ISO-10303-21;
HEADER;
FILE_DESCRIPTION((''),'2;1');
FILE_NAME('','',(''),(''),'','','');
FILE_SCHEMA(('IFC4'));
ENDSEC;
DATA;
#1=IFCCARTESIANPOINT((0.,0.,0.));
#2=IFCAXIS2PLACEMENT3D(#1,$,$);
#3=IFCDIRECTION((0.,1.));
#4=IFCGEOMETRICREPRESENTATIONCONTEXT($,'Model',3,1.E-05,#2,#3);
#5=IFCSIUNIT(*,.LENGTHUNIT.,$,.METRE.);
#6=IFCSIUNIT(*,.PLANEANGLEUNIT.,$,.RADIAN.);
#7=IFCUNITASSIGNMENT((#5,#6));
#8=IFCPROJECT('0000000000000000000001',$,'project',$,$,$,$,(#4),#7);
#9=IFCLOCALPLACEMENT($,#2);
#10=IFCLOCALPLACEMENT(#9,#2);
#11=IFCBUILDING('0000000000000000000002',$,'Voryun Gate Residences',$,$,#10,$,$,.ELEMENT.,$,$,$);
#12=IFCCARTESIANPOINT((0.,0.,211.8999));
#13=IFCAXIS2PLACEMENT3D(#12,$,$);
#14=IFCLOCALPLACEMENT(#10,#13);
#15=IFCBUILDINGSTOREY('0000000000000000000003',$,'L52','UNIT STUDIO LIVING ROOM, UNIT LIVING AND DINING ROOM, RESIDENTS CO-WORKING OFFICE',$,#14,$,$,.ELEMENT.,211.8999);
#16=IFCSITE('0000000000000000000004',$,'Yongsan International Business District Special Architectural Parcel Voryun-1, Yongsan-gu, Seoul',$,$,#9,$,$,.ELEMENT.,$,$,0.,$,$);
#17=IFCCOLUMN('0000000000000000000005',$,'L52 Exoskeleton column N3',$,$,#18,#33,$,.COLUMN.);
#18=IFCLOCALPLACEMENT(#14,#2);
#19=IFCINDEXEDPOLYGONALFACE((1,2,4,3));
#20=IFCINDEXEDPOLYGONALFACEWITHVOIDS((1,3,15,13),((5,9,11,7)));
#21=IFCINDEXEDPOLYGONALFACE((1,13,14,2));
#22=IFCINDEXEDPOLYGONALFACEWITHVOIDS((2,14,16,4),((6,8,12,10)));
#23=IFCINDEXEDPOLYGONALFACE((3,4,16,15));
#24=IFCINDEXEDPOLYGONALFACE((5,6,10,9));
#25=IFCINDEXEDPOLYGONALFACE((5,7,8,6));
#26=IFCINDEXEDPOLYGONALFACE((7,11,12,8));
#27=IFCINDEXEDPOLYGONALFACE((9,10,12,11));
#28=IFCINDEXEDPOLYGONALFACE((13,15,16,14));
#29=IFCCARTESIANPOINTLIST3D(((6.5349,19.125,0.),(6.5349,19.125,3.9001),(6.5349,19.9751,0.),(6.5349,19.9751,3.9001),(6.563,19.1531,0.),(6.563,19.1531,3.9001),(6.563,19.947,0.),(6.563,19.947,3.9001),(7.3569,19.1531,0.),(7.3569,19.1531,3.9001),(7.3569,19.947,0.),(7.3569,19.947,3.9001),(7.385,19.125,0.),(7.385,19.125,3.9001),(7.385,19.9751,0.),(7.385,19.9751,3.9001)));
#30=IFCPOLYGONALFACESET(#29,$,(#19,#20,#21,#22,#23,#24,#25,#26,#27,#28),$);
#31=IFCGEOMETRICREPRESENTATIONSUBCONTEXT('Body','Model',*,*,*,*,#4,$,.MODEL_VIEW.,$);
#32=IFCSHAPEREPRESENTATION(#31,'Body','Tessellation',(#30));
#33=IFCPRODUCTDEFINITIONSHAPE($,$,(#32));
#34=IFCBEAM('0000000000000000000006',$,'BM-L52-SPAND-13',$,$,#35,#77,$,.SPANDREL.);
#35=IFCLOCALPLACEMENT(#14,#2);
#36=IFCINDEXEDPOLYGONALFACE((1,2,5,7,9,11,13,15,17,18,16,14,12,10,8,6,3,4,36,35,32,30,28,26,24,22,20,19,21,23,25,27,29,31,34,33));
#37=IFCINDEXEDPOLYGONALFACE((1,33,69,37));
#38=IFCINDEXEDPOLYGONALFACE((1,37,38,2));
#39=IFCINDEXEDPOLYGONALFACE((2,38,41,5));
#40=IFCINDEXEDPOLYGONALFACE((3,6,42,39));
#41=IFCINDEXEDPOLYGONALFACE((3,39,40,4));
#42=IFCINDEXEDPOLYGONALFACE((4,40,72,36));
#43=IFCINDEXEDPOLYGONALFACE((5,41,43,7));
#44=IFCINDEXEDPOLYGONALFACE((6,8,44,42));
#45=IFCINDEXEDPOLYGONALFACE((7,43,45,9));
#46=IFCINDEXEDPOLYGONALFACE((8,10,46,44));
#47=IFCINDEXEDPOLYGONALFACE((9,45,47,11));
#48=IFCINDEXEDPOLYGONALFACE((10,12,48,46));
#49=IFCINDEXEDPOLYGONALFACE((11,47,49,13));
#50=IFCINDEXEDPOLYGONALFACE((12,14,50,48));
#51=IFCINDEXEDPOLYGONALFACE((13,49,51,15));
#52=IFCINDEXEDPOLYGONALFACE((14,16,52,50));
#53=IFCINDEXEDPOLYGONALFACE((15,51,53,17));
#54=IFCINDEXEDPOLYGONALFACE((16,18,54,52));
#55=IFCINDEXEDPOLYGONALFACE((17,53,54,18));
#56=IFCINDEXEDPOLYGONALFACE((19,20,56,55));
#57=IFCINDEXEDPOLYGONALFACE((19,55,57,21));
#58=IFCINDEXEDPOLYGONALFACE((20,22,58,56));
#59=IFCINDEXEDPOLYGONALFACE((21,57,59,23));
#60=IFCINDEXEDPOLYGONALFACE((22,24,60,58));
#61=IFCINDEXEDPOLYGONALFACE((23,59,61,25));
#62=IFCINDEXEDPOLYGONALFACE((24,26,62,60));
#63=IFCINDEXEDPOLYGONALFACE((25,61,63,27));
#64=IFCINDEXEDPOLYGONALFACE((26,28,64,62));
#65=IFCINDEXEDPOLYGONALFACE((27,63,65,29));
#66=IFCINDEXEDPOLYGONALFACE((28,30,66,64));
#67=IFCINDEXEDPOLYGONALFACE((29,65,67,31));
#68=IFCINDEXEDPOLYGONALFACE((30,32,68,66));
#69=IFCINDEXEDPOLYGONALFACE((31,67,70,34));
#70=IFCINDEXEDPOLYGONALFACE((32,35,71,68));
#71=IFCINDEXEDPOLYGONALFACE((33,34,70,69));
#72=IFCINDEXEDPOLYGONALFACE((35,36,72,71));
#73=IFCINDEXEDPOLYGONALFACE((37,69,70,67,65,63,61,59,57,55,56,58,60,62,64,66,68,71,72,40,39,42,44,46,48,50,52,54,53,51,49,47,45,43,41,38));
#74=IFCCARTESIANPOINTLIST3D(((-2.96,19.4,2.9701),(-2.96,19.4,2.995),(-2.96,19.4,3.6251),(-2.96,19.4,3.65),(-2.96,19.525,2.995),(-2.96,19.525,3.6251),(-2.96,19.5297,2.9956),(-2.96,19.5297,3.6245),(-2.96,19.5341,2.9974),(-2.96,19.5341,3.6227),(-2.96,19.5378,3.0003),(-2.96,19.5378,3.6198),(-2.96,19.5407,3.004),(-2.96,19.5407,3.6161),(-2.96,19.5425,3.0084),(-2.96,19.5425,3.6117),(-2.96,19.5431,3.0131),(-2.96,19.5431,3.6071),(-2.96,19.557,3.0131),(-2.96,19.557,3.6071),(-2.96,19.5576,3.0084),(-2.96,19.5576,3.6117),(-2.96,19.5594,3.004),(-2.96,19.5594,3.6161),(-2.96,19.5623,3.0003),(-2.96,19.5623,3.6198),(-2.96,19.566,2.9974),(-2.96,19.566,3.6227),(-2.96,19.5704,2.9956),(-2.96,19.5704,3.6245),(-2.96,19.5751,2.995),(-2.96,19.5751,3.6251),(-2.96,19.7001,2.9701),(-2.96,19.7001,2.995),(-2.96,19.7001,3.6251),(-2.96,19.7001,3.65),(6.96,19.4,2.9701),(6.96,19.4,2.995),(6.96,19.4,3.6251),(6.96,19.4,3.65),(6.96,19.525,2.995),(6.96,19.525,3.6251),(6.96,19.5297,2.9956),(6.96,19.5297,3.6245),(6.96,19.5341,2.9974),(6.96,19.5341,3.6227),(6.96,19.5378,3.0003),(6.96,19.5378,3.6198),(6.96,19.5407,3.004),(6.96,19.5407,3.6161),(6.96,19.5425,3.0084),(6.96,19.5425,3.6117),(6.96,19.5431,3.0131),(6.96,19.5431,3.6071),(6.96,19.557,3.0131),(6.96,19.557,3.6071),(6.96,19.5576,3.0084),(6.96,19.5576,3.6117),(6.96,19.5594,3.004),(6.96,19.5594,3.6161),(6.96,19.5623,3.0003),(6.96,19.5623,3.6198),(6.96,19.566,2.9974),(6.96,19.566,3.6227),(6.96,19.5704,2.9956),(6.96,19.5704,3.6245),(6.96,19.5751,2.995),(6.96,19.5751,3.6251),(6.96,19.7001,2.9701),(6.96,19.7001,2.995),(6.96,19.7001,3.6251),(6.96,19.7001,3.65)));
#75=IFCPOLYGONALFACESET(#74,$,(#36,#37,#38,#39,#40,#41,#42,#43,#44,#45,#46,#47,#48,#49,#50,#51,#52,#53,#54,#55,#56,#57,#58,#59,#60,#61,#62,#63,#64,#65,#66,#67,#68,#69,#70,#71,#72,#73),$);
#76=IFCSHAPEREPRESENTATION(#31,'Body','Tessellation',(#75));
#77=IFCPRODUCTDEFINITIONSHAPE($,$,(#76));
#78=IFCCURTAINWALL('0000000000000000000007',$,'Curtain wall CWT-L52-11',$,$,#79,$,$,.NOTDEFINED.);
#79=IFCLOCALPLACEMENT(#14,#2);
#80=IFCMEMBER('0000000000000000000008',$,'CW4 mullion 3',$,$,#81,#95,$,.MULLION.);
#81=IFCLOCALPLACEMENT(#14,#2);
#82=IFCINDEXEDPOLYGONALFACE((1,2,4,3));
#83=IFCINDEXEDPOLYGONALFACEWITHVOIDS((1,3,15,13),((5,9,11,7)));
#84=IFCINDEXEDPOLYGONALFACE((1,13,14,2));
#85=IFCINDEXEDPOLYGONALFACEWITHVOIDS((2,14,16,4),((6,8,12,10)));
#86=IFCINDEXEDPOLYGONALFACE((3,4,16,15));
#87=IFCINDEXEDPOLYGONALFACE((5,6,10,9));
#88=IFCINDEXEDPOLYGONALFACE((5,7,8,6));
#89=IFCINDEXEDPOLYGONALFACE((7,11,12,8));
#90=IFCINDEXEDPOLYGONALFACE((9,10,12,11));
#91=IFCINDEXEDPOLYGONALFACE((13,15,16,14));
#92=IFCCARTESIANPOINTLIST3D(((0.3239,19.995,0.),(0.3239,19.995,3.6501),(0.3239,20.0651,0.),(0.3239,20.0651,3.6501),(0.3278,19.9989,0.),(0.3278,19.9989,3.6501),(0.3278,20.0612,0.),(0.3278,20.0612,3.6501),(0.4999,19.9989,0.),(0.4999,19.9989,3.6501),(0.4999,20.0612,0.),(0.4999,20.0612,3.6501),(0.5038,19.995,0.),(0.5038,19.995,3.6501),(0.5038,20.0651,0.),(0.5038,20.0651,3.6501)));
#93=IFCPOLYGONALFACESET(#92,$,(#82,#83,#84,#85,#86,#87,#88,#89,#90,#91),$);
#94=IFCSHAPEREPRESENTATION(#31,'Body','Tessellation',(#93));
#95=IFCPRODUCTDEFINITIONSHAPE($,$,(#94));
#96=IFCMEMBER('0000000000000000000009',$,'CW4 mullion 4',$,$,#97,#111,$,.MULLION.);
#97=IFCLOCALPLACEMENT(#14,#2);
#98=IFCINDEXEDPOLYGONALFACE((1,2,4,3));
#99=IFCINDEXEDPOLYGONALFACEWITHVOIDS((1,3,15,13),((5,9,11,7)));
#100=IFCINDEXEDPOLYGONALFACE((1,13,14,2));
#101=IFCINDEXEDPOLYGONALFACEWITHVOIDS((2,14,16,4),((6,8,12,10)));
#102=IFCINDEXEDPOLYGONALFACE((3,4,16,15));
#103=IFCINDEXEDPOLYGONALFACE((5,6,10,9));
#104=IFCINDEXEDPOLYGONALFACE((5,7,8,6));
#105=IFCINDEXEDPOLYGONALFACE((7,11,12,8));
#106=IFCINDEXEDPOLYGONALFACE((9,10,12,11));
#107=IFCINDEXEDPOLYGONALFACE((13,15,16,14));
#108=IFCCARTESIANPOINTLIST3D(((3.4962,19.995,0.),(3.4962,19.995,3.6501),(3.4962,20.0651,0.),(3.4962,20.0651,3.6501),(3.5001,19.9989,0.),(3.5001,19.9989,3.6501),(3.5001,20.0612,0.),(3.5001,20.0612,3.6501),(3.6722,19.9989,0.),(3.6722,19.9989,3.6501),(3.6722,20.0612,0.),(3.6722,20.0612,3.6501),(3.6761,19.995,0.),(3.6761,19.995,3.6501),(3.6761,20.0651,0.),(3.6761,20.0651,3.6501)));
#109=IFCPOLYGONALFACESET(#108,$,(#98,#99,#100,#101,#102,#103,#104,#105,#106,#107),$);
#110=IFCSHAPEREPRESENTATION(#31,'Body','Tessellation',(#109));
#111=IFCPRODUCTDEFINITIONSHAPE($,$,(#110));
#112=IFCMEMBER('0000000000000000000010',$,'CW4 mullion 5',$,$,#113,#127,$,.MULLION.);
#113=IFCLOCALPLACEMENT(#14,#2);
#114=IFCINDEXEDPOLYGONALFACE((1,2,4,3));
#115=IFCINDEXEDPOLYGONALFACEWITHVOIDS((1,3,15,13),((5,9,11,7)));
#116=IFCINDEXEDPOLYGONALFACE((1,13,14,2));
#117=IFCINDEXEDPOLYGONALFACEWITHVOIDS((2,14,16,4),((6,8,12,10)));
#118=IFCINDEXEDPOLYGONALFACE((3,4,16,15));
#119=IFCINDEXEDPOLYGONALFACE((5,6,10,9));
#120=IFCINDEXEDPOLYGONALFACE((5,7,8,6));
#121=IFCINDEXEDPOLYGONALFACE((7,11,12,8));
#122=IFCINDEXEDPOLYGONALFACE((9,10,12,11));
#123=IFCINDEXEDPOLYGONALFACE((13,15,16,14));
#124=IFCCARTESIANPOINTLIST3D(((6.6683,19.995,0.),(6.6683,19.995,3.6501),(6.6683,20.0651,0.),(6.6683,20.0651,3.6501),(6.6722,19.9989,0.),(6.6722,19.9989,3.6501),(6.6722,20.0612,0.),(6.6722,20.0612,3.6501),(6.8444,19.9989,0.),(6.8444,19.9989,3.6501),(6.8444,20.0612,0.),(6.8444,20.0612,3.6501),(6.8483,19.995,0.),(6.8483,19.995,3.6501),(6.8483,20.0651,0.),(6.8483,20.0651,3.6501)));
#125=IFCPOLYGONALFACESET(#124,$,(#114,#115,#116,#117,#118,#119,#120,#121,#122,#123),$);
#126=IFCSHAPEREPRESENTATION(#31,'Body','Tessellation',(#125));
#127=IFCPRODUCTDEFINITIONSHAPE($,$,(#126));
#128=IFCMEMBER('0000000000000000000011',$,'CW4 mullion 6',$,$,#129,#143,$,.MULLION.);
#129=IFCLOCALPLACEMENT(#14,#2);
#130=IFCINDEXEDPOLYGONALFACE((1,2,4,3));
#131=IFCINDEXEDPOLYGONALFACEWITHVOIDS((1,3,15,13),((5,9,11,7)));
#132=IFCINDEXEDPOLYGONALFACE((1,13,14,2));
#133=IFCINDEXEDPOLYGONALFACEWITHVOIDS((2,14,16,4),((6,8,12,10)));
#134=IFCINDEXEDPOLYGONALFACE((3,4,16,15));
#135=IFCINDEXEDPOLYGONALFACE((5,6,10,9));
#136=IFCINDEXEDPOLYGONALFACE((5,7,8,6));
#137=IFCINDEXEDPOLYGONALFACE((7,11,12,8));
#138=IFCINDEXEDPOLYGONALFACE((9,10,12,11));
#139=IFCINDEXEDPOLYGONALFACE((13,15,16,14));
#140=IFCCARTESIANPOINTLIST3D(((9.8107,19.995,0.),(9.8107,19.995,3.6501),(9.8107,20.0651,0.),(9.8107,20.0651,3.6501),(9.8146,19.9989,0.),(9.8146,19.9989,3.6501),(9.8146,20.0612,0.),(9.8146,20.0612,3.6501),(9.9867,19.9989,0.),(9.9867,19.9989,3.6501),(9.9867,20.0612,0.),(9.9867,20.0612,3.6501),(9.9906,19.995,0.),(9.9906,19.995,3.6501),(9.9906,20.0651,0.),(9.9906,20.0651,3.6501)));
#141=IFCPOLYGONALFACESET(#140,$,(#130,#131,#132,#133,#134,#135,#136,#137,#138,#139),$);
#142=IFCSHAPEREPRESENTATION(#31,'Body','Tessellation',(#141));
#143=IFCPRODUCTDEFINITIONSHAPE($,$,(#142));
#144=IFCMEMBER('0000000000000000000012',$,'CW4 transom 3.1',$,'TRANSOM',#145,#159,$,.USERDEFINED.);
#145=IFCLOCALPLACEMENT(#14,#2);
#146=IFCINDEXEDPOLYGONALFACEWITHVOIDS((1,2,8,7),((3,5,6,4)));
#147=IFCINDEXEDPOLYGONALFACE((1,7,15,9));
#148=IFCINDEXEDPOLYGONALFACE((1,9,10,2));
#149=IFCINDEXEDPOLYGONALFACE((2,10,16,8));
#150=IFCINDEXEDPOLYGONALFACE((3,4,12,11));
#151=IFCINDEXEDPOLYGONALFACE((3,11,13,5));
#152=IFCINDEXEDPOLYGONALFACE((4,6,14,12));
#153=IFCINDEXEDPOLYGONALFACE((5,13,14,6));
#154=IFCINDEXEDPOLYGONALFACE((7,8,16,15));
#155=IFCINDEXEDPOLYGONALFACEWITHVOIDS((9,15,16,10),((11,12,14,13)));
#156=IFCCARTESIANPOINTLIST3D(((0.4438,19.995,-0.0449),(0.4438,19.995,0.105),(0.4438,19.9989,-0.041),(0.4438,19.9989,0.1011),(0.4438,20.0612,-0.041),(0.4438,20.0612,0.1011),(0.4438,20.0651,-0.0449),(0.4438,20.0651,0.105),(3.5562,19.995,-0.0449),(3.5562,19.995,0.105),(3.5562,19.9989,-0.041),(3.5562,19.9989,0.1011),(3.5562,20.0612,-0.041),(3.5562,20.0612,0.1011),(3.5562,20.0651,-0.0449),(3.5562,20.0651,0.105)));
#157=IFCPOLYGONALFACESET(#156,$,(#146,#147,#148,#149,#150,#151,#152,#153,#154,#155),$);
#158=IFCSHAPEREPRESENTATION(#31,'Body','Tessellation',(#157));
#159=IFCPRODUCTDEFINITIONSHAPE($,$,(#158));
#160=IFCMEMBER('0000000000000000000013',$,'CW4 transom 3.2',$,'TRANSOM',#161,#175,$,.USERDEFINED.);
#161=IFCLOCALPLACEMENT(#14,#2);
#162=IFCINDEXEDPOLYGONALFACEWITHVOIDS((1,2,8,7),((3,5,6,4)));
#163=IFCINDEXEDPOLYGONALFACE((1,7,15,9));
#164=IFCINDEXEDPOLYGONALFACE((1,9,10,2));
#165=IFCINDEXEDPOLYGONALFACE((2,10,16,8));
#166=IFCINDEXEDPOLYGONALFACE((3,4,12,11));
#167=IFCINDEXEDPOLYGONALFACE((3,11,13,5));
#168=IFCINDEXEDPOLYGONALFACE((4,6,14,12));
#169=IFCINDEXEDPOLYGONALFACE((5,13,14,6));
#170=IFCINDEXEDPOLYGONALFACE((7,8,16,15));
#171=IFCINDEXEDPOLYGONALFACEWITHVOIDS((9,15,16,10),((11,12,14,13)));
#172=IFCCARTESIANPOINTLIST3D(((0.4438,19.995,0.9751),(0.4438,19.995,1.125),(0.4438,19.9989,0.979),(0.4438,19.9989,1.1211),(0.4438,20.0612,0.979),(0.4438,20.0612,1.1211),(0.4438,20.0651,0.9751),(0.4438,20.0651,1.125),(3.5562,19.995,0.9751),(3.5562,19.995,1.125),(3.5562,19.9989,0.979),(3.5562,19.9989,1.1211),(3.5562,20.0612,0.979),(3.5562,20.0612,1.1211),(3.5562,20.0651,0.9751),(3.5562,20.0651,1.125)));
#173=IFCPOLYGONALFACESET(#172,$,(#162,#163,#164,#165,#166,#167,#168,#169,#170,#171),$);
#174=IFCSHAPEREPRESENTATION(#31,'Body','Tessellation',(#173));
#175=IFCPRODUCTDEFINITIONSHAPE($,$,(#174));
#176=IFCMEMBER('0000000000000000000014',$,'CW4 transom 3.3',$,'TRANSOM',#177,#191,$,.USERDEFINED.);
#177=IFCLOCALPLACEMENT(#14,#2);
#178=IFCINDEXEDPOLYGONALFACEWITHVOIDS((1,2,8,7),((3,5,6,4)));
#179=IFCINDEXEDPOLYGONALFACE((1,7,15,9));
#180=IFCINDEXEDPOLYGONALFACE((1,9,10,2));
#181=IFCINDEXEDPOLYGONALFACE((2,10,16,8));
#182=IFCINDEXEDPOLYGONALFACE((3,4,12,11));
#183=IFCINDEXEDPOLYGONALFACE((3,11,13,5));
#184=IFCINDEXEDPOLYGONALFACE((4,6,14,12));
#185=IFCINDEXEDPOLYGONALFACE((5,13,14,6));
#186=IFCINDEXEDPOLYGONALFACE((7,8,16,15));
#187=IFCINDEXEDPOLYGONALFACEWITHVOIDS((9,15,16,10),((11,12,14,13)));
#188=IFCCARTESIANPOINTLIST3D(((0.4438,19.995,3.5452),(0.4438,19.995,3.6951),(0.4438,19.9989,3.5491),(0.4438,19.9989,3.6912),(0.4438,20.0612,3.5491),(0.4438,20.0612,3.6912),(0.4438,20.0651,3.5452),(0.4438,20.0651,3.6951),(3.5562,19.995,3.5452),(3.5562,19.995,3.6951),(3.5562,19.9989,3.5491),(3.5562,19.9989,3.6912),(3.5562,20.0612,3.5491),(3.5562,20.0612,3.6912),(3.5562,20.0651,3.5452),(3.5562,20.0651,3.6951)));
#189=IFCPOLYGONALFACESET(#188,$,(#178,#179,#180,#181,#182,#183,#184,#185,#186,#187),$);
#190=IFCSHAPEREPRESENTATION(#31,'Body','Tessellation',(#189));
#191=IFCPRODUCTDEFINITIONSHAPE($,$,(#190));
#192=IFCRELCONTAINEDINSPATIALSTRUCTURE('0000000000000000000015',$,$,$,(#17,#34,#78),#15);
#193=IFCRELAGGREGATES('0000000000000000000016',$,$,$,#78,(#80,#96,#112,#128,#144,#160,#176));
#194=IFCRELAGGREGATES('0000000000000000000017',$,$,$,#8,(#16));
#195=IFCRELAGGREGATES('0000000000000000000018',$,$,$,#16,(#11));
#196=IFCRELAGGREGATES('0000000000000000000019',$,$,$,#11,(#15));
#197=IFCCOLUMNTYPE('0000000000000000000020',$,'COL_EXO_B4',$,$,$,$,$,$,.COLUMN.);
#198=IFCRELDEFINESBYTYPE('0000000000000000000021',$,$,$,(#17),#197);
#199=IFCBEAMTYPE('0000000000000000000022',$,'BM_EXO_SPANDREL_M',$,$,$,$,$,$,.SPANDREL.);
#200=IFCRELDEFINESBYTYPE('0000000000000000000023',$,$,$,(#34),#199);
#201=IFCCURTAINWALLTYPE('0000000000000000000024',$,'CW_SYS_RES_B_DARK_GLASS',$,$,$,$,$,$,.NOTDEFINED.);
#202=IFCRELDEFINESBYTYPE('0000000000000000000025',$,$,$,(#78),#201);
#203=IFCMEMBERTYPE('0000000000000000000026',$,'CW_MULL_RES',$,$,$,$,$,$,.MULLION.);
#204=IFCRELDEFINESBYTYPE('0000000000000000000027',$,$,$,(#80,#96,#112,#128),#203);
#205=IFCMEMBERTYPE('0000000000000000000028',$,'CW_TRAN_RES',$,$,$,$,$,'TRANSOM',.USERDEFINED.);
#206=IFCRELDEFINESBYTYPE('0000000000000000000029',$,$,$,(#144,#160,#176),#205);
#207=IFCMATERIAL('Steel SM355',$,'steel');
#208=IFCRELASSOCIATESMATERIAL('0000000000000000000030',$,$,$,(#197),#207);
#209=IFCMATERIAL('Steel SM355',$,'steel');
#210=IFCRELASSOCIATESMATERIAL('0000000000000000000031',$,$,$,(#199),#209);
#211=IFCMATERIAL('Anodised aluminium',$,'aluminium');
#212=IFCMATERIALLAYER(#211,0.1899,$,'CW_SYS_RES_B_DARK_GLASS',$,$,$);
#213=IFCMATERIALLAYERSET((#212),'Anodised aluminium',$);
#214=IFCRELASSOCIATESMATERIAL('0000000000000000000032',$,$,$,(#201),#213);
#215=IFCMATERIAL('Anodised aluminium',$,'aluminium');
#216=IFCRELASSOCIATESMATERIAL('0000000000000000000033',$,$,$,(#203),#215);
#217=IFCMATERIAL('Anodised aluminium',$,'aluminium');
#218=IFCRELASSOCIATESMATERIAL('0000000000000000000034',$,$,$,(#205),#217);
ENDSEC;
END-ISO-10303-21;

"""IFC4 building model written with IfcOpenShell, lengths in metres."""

from ifc_helpers import new_model, si_unit, direction, frame, origin, origin_2d, place, context, subcontext, project, spatial, hollow_rectangle, i_section, extrude, material, layer, layer_set, material_profile, profile_set, type_object, element, aggregate, save


model = new_model("IFC4")

# Units and contexts
model_context = context("Model", 3, precision=1e-05, world=origin(), true_north=direction((0.0, 1.0)))
body_context = subcontext(model_context, "Body", "Model", "MODEL_VIEW")
ifc_project = project(units=[si_unit("LENGTHUNIT", "METRE"), si_unit("PLANEANGLEUNIT", "RADIAN")], contexts=[model_context])

# Site, building, storey
site_placement = place(None, origin())
site = spatial("IfcSite", under=ifc_project, at=site_placement, Name="Yongsan International Business District Special Architectural Parcel Voryun-1, Yongsan-gu, Seoul", CompositionType="ELEMENT", RefElevation=0.0)
building_placement = place(site_placement, origin())
building = spatial("IfcBuilding", under=site, at=building_placement, Name="Voryun Gate Residences", CompositionType="ELEMENT")
storey_placement = place(building_placement, frame((0.0, 0.0, 211.8999)))
storey = spatial("IfcBuildingStorey", under=building, at=storey_placement, Name="L52", Description="UNIT STUDIO LIVING ROOM, UNIT LIVING AND DINING ROOM, RESIDENTS CO-WORKING OFFICE", CompositionType="ELEMENT", Elevation=211.8999)

# Column
ifc_material_1 = material(Name="Steel SM355", Category="steel")
ifc_material_profile_1 = material_profile(ifc_material_1, hollow_rectangle(XDim=0.8501, YDim=0.8501, WallThickness=0.0281, at=origin_2d()), Name="BOX-850x850x28")
ifc_profile_set_1 = profile_set([ifc_material_profile_1], Name="Steel SM355")
column_type = type_object("IfcColumnType", Name="COL_EXO_B4", PredefinedType="COLUMN", material=ifc_profile_set_1)
column_placement = place(storey_placement, frame((6.96, 19.55, 0.0), z_axis=(0.0, 0.0, 1.0), x_axis=(1.0, 0.0, 0.0)))
element("IfcColumn", 1, at=column_placement, inside=storey, type_object=column_type, Name="L52 Exoskeleton column N3", PredefinedType="COLUMN", context=body_context, shape_type="SweptSolid", body=[
    extrude(hollow_rectangle(XDim=0.8501, YDim=0.8501, WallThickness=0.0281, at=origin_2d()), origin(), (0.0, 0.0, 1.0), 3.9001),
])

# Beam
ifc_material_2 = material(Name="Steel SM355", Category="steel")
ifc_material_profile_2 = material_profile(ifc_material_2, i_section(OverallWidth=0.3, OverallDepth=0.6799, WebThickness=0.0139, FlangeThickness=0.0249, FilletRadius=0.0181, at=origin_2d()), Name="H-680x300x14x25")
ifc_profile_set_2 = profile_set([ifc_material_profile_2], Name="Steel SM355")
beam_type = type_object("IfcBeamType", Name="BM_EXO_SPANDREL_M", PredefinedType="SPANDREL", material=ifc_profile_set_2)
beam_placement = place(storey_placement, frame((6.96, 19.55, 3.3101), z_axis=(-1.0, 0.0, 0.0), x_axis=(0.0, -1.0, 0.0)))
element("IfcBeam", 2, at=beam_placement, inside=storey, type_object=beam_type, Name="BM-L52-SPAND-13", PredefinedType="SPANDREL", context=body_context, shape_type="SweptSolid", body=[
    extrude(i_section(OverallWidth=0.3, OverallDepth=0.6799, WebThickness=0.0139, FlangeThickness=0.0249, FilletRadius=0.0181, at=origin_2d()), origin(), (0.0, 0.0, 1.0), 9.9199),
])

# Curtain wall, members
ifc_material_3 = material(Name="Anodised aluminium", Category="aluminium")
ifc_layer_1 = layer(ifc_material_3, 0.1899, Name="CW_SYS_RES_B_DARK_GLASS")
ifc_layer_set_1 = layer_set([ifc_layer_1], Name="Anodised aluminium")
curtain_wall_type = type_object("IfcCurtainWallType", Name="CW_SYS_RES_B_DARK_GLASS", PredefinedType="NOTDEFINED", material=ifc_layer_set_1)
curtain_wall_placement = place(storey_placement, origin())
curtain_wall = element("IfcCurtainWall", 3, at=curtain_wall_placement, inside=storey, type_object=curtain_wall_type, Name="Curtain wall CWT-L52-11", PredefinedType="NOTDEFINED")
ifc_material_4 = material(Name="Anodised aluminium", Category="aluminium")
ifc_material_profile_3 = material_profile(ifc_material_4, hollow_rectangle(XDim=0.0701, YDim=0.1799, WallThickness=0.0039, at=origin_2d()), Name="ALU-MULL-180x70x4")
ifc_profile_set_3 = profile_set([ifc_material_profile_3], Name="Anodised aluminium")
member_type_1 = type_object("IfcMemberType", Name="CW_MULL_RES", PredefinedType="MULLION", material=ifc_profile_set_3)
member_1_placement = place(storey_placement, frame((0.4138, 20.03, 0.0), z_axis=(0.0, 0.0, 1.0), x_axis=(0.0, 1.0, 0.0)))
member_1 = element("IfcMember", 4, at=member_1_placement, type_object=member_type_1, Name="CW4 mullion 3", PredefinedType="MULLION", context=body_context, shape_type="SweptSolid", body=[
    extrude(hollow_rectangle(XDim=0.0701, YDim=0.1799, WallThickness=0.0039, at=origin_2d()), origin(), (0.0, 0.0, 1.0), 3.6501),
])
member_2_placement = place(storey_placement, frame((3.5862, 20.03, 0.0), z_axis=(0.0, 0.0, 1.0), x_axis=(0.0, 1.0, 0.0)))
member_2 = element("IfcMember", 5, at=member_2_placement, type_object=member_type_1, Name="CW4 mullion 4", PredefinedType="MULLION", context=body_context, shape_type="SweptSolid", body=[
    extrude(hollow_rectangle(XDim=0.0701, YDim=0.1799, WallThickness=0.0039, at=origin_2d()), origin(), (0.0, 0.0, 1.0), 3.6501),
])
member_3_placement = place(storey_placement, frame((6.7583, 20.03, 0.0), z_axis=(0.0, 0.0, 1.0), x_axis=(0.0, 1.0, 0.0)))
member_3 = element("IfcMember", 6, at=member_3_placement, type_object=member_type_1, Name="CW4 mullion 5", PredefinedType="MULLION", context=body_context, shape_type="SweptSolid", body=[
    extrude(hollow_rectangle(XDim=0.0701, YDim=0.1799, WallThickness=0.0039, at=origin_2d()), origin(), (0.0, 0.0, 1.0), 3.6501),
])
member_4_placement = place(storey_placement, frame((9.9006, 20.03, 0.0), z_axis=(0.0, 0.0, 1.0), x_axis=(0.0, 1.0, 0.0)))
member_4 = element("IfcMember", 7, at=member_4_placement, type_object=member_type_1, Name="CW4 mullion 6", PredefinedType="MULLION", context=body_context, shape_type="SweptSolid", body=[
    extrude(hollow_rectangle(XDim=0.0701, YDim=0.1799, WallThickness=0.0039, at=origin_2d()), origin(), (0.0, 0.0, 1.0), 3.6501),
])
ifc_material_5 = material(Name="Anodised aluminium", Category="aluminium")
ifc_material_profile_4 = material_profile(ifc_material_5, hollow_rectangle(XDim=0.0701, YDim=0.1499, WallThickness=0.0039, at=origin_2d()), Name="ALU-TRAN-150x70x4")
ifc_profile_set_4 = profile_set([ifc_material_profile_4], Name="Anodised aluminium")
member_type_2 = type_object("IfcMemberType", Name="CW_TRAN_RES", ElementType="TRANSOM", PredefinedType="USERDEFINED", material=ifc_profile_set_4)
member_5_placement = place(storey_placement, frame((0.4438, 20.03, 0.03), z_axis=(1.0, 0.0, 0.0), x_axis=(0.0, 1.0, 0.0)))
member_5 = element("IfcMember", 8, at=member_5_placement, type_object=member_type_2, Name="CW4 transom 3.1", ObjectType="TRANSOM", PredefinedType="USERDEFINED", context=body_context, shape_type="SweptSolid", body=[
    extrude(hollow_rectangle(XDim=0.0701, YDim=0.1499, WallThickness=0.0039, at=origin_2d()), origin(), (0.0, 0.0, 1.0), 3.1123),
])
member_6_placement = place(storey_placement, frame((0.4438, 20.03, 1.05), z_axis=(1.0, 0.0, 0.0), x_axis=(0.0, 1.0, 0.0)))
member_6 = element("IfcMember", 9, at=member_6_placement, type_object=member_type_2, Name="CW4 transom 3.2", ObjectType="TRANSOM", PredefinedType="USERDEFINED", context=body_context, shape_type="SweptSolid", body=[
    extrude(hollow_rectangle(XDim=0.0701, YDim=0.1499, WallThickness=0.0039, at=origin_2d()), origin(), (0.0, 0.0, 1.0), 3.1123),
])
member_7_placement = place(storey_placement, frame((0.4438, 20.03, 3.6201), z_axis=(1.0, 0.0, 0.0), x_axis=(0.0, 1.0, 0.0)))
member_7 = element("IfcMember", 10, at=member_7_placement, type_object=member_type_2, Name="CW4 transom 3.3", ObjectType="TRANSOM", PredefinedType="USERDEFINED", context=body_context, shape_type="SweptSolid", body=[
    extrude(hollow_rectangle(XDim=0.0701, YDim=0.1499, WallThickness=0.0039, at=origin_2d()), origin(), (0.0, 0.0, 1.0), 3.1123),
])
aggregate(curtain_wall, [member_1, member_2, member_3, member_4, member_5, member_6, member_7])

save(model, "model.ifc")
